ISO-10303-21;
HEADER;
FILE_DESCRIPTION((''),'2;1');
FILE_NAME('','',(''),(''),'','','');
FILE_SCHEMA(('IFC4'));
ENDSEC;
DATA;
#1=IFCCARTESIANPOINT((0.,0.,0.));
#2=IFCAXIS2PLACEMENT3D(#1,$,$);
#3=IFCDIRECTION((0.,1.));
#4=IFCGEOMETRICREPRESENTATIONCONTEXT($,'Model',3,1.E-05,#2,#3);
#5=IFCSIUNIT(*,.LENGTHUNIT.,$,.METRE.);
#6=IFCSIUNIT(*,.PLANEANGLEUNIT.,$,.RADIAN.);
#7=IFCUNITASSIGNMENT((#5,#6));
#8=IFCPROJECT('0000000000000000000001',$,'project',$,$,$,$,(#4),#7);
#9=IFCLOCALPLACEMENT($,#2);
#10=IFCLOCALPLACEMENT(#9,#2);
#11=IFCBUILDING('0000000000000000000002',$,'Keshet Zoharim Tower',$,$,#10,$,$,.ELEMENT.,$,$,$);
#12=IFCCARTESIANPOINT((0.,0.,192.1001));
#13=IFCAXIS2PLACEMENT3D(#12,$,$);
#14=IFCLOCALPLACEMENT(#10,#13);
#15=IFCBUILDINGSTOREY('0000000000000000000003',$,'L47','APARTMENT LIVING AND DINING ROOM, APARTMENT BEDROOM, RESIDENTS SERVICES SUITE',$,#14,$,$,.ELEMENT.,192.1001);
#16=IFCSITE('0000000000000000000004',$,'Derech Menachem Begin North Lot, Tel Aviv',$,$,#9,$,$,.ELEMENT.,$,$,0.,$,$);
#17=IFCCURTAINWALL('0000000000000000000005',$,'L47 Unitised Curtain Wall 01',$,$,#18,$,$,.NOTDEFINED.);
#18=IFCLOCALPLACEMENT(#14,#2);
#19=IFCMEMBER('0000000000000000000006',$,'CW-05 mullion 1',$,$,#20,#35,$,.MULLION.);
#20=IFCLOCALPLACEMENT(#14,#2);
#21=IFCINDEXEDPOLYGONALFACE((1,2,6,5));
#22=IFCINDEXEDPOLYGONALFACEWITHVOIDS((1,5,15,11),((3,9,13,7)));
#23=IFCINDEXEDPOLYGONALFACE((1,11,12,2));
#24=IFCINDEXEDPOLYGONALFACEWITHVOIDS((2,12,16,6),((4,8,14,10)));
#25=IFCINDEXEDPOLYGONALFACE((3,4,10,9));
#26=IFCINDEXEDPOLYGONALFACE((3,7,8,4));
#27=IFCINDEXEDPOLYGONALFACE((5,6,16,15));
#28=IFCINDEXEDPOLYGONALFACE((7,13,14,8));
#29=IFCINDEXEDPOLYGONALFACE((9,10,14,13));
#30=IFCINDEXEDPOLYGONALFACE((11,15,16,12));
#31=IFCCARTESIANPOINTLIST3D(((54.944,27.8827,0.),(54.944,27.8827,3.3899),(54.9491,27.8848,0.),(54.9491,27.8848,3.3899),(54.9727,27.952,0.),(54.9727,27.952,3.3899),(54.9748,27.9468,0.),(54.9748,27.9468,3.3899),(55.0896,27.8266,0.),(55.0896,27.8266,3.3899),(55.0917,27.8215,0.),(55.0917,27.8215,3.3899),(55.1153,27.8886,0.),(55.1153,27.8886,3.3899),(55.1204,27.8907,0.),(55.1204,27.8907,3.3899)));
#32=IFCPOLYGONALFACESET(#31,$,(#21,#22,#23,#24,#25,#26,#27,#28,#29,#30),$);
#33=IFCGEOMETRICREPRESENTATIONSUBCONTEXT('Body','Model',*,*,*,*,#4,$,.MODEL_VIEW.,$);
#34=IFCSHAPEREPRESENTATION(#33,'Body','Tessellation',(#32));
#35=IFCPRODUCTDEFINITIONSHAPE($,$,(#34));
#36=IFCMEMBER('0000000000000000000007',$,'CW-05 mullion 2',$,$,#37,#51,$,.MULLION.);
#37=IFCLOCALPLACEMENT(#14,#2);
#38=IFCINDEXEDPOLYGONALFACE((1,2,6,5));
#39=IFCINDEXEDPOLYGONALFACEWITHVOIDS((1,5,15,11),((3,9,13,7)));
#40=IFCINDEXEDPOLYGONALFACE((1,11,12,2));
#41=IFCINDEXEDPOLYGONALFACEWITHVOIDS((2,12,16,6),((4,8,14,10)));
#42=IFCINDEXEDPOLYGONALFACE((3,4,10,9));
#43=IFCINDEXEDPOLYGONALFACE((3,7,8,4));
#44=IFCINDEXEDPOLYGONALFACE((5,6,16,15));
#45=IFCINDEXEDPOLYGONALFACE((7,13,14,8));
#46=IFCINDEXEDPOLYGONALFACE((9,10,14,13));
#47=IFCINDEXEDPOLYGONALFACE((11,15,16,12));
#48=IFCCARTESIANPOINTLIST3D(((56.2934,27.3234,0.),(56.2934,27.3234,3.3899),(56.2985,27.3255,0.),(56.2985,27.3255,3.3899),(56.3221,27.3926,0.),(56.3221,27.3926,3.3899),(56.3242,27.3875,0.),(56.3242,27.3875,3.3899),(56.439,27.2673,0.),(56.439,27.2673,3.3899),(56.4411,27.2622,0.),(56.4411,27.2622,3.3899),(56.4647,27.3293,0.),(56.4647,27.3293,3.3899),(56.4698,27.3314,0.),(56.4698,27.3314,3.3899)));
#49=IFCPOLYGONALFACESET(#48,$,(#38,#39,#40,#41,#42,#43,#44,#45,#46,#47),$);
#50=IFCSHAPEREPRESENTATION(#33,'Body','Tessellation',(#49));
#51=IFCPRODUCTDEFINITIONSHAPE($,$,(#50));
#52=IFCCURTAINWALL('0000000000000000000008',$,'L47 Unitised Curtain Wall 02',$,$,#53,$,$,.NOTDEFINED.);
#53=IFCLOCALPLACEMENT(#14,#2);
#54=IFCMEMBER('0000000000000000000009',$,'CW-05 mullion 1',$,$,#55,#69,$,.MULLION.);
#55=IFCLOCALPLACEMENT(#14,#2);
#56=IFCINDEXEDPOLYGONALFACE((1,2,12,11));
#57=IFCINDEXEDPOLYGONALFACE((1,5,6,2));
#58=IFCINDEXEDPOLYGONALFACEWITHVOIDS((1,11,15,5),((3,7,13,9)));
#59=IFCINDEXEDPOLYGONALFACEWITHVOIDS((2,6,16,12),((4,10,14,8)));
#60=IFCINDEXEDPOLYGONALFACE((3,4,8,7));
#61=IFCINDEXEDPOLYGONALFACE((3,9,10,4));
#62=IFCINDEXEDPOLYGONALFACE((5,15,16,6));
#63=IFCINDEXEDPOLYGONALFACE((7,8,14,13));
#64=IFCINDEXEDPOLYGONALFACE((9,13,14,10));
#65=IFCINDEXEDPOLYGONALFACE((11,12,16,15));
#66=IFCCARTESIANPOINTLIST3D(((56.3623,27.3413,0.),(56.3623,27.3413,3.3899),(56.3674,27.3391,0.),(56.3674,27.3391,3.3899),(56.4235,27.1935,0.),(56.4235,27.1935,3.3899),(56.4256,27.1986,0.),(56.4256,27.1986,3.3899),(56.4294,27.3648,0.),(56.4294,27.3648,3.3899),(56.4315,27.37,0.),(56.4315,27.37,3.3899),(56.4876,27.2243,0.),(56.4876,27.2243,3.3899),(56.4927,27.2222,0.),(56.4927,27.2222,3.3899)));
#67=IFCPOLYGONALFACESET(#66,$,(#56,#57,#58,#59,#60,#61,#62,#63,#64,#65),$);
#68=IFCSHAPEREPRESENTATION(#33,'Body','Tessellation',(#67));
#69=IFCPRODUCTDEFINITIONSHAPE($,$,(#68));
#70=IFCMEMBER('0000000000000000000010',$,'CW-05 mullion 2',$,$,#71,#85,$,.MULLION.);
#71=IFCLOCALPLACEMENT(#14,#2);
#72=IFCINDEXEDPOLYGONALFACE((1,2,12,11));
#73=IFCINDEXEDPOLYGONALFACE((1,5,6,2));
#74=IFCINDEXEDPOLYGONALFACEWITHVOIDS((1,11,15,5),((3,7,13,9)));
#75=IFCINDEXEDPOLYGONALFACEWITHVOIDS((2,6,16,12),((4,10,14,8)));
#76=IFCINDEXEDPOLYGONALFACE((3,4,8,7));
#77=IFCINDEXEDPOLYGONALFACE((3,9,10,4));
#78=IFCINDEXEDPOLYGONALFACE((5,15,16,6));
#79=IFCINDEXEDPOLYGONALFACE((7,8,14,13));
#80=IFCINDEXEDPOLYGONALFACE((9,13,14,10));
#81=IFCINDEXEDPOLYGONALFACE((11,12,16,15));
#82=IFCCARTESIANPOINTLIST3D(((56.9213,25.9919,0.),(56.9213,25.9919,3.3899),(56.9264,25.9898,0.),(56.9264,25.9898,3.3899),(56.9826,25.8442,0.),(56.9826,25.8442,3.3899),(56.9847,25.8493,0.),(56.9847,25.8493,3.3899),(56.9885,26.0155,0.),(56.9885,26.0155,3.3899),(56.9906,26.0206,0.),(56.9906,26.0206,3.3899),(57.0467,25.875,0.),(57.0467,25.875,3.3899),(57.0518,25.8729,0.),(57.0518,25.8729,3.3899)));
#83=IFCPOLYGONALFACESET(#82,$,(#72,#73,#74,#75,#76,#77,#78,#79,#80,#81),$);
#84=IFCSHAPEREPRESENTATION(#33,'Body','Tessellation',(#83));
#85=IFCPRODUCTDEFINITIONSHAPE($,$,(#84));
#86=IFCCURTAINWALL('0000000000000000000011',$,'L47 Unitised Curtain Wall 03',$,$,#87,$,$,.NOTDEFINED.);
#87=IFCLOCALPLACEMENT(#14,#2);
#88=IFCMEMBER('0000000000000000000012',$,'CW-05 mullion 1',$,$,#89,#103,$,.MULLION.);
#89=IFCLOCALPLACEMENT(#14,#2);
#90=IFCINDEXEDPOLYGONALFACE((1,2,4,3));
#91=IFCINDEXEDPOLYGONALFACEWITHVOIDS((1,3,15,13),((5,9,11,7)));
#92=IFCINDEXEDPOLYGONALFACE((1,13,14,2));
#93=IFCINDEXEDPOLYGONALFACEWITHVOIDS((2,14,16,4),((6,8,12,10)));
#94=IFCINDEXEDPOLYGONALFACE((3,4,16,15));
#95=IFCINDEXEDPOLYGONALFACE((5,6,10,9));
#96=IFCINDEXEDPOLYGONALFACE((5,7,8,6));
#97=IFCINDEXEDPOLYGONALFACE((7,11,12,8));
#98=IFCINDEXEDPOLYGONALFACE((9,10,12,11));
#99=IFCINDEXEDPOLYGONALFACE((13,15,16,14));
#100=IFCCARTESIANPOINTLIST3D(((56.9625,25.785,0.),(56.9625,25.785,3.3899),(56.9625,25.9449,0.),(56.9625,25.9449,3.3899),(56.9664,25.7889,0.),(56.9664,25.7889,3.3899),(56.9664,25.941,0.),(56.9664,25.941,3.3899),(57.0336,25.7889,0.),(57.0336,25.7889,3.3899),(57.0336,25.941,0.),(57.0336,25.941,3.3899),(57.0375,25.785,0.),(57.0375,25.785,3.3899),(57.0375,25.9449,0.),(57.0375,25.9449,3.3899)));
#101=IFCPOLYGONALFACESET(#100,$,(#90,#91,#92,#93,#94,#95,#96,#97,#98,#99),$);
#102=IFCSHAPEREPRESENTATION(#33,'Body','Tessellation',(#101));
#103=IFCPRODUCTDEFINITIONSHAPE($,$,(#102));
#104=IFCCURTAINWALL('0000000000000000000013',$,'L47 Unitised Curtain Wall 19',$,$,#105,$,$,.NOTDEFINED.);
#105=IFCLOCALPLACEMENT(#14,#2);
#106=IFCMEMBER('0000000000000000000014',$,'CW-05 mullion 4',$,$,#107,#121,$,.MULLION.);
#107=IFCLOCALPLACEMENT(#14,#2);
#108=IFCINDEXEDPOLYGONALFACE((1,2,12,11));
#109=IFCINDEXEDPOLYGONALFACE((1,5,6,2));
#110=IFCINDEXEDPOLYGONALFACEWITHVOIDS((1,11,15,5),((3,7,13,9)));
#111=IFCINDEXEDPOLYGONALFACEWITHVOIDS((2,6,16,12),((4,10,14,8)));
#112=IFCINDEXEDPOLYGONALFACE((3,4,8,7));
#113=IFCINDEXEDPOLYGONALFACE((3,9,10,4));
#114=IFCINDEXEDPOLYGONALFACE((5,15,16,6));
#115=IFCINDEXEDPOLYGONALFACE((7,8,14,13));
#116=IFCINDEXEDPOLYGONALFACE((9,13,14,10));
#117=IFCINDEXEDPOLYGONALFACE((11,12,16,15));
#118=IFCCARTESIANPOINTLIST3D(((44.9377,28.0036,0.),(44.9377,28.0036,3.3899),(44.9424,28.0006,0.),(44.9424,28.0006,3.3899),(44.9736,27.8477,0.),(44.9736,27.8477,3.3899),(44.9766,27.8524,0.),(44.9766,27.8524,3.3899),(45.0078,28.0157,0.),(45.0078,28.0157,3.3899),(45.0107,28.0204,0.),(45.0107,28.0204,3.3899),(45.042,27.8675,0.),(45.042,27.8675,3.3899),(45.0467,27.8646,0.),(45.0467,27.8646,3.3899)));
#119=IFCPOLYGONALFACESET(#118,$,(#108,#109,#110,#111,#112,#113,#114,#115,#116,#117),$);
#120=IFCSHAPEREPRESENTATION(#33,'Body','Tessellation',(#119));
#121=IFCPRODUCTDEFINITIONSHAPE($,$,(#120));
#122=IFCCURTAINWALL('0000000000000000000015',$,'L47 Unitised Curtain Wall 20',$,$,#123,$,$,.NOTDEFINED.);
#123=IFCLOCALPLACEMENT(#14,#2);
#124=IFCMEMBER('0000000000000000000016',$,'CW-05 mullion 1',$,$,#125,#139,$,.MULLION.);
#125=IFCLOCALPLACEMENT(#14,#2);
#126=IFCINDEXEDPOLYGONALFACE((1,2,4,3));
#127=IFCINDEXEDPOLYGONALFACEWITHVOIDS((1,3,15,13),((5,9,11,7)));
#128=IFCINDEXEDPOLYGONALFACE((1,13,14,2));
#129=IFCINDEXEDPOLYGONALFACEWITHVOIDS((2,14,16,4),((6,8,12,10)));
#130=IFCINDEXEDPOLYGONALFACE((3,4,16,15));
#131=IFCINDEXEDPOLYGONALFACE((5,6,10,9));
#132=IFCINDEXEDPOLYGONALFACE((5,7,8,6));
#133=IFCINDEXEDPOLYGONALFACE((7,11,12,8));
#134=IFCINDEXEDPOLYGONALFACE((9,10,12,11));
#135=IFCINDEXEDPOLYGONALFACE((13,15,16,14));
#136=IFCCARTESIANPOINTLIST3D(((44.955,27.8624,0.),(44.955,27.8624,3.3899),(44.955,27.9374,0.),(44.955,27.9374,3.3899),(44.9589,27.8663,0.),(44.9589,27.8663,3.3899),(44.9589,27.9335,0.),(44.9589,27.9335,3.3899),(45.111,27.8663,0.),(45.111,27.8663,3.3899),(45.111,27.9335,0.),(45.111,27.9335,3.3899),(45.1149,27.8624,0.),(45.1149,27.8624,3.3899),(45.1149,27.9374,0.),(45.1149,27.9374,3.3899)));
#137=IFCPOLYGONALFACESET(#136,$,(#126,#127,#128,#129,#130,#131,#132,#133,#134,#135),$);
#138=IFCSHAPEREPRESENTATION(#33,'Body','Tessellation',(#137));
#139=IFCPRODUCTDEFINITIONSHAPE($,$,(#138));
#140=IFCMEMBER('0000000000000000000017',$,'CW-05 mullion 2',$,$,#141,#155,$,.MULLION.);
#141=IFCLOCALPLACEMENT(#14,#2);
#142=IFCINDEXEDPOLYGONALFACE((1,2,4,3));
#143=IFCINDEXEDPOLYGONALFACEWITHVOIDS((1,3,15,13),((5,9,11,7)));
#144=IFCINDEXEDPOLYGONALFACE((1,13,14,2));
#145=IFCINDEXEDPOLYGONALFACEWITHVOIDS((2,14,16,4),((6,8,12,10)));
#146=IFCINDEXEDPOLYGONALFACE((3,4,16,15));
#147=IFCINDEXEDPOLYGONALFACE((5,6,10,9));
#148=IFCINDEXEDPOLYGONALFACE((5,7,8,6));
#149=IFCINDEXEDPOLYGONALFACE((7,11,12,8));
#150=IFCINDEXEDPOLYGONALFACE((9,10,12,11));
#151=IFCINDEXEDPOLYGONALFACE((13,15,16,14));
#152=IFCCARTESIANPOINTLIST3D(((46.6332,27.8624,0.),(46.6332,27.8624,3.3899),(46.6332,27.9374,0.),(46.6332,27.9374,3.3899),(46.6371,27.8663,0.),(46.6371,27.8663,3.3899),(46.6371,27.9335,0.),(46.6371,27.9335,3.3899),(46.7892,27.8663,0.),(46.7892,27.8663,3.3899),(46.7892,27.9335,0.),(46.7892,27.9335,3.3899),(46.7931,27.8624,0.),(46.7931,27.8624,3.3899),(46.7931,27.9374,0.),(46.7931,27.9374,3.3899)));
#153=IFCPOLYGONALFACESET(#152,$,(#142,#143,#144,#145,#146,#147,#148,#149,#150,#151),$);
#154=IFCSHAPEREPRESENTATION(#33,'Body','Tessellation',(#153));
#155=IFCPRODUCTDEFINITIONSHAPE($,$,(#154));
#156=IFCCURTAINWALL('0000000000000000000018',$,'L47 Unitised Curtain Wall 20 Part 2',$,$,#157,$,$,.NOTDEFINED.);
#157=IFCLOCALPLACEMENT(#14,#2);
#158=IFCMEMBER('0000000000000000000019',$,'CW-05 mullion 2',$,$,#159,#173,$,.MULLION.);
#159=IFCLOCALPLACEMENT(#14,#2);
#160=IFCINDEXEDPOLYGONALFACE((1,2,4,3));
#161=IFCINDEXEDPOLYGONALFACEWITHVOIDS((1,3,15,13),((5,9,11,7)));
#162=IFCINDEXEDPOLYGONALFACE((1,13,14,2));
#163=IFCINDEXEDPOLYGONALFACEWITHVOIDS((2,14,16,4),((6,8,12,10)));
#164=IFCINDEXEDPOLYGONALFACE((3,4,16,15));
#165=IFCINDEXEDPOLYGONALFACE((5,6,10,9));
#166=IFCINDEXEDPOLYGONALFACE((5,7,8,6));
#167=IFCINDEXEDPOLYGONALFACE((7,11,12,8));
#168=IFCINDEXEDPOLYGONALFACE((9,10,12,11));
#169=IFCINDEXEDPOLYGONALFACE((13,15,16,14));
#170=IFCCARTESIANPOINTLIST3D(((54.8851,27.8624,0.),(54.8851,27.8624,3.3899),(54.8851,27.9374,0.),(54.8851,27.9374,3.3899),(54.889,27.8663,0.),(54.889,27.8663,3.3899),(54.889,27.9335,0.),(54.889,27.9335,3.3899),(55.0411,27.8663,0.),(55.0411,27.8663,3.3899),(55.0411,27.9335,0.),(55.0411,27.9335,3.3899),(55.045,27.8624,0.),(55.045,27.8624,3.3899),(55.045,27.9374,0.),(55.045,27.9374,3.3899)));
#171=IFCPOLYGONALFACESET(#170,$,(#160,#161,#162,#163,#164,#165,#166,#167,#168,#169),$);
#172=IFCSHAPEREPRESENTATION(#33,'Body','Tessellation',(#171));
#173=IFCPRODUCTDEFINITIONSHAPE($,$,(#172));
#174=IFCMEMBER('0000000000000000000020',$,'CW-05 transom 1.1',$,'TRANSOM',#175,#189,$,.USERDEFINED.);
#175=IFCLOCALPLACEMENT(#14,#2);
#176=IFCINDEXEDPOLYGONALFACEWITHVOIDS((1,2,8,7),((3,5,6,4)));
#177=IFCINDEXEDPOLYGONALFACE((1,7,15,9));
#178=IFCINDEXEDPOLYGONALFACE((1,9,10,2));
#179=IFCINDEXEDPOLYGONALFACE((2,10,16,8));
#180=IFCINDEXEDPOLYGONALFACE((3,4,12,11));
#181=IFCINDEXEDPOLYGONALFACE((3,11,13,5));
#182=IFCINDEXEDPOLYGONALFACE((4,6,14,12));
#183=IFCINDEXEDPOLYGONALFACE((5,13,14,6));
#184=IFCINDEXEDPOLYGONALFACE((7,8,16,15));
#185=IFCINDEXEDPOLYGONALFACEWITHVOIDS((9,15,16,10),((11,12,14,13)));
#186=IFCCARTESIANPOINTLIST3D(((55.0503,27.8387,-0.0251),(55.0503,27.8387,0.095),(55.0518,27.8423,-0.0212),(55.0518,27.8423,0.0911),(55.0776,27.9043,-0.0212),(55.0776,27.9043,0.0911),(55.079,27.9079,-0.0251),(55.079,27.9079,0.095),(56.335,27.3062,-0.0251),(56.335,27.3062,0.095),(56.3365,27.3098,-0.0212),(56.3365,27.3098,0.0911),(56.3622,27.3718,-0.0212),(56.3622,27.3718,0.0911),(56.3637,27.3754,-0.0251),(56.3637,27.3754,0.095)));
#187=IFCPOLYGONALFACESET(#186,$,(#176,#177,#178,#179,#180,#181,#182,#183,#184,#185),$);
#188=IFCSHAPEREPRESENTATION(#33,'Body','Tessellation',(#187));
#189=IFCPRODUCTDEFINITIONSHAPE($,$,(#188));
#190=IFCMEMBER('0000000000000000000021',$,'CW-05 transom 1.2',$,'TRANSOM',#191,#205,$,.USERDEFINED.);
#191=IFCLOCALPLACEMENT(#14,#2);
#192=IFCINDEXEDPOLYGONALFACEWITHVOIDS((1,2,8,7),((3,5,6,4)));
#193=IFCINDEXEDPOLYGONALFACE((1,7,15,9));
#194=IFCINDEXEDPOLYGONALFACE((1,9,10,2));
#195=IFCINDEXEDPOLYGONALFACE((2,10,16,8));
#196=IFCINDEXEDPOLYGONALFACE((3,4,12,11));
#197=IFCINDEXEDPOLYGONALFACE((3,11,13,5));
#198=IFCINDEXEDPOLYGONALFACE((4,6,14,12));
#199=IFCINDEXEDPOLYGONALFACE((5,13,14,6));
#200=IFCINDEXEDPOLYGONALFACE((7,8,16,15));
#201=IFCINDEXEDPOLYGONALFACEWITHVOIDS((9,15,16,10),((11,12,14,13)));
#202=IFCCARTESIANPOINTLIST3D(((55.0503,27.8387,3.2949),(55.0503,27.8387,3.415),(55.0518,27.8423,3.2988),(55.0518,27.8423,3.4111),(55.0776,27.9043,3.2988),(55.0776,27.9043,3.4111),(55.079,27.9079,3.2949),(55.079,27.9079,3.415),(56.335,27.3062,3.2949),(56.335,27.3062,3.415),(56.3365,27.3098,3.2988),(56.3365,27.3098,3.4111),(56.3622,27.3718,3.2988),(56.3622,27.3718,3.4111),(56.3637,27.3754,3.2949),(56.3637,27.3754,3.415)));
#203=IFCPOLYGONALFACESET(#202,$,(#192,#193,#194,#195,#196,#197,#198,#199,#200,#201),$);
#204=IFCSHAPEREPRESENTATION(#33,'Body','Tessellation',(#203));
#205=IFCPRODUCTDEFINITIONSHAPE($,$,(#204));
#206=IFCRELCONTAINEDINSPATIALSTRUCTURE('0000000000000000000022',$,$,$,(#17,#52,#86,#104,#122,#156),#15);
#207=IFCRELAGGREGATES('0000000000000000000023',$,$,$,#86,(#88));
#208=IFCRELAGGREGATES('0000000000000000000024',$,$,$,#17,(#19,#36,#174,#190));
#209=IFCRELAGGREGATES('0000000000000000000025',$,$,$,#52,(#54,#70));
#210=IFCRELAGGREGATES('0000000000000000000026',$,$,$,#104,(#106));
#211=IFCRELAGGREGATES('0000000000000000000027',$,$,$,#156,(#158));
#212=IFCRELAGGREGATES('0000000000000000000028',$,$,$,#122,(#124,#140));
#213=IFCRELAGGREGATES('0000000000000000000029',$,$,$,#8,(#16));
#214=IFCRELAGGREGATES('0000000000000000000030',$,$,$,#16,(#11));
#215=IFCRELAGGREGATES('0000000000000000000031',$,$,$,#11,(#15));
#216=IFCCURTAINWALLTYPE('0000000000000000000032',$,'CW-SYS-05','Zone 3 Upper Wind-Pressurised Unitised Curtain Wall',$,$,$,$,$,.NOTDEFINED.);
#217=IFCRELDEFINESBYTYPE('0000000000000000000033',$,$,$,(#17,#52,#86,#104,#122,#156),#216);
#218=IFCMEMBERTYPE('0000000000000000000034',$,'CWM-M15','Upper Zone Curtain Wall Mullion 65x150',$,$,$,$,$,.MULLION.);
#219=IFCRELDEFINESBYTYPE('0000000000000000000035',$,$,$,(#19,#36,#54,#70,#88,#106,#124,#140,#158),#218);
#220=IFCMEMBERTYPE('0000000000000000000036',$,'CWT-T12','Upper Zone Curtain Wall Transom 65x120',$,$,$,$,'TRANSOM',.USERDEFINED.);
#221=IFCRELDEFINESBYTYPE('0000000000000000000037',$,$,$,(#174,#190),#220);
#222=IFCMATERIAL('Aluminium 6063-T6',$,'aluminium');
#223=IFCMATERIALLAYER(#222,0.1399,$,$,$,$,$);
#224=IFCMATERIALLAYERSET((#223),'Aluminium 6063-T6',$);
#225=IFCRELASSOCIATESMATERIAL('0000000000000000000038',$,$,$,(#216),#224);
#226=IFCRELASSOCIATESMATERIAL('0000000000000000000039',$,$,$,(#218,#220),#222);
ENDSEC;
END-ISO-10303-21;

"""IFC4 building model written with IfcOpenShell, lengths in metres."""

from ifc_helpers import new_model, si_unit, direction, frame, origin, origin_2d, place, context, subcontext, project, spatial, hollow_rectangle, extrude, material, layer, layer_set, material_profile, profile_set, type_object, element, aggregate, save


model = new_model("IFC4")

# Units and contexts
model_context = context("Model", 3, precision=1e-05, world=origin(), true_north=direction((0.0, 1.0)))
body_context = subcontext(model_context, "Body", "Model", "MODEL_VIEW")
ifc_project = project(units=[si_unit("LENGTHUNIT", "METRE"), si_unit("PLANEANGLEUNIT", "RADIAN")], contexts=[model_context])

# Site, building, storey
site_placement = place(None, origin())
site = spatial("IfcSite", under=ifc_project, at=site_placement, Name="Derech Menachem Begin North Lot, Tel Aviv", CompositionType="ELEMENT", RefElevation=0.0)
building_placement = place(site_placement, origin())
building = spatial("IfcBuilding", under=site, at=building_placement, Name="Keshet Zoharim Tower", CompositionType="ELEMENT")
storey_placement = place(building_placement, frame((0.0, 0.0, 192.1001)))
storey = spatial("IfcBuildingStorey", under=building, at=storey_placement, Name="L47", Description="APARTMENT LIVING AND DINING ROOM, APARTMENT BEDROOM, RESIDENTS SERVICES SUITE", CompositionType="ELEMENT", Elevation=192.1001)

# Curtain walls, members
ifc_material_1 = material(Name="Aluminium 6063-T6", Category="aluminium")
ifc_layer_1 = layer(ifc_material_1, 0.1399)
ifc_layer_set_1 = layer_set([ifc_layer_1], Name="Aluminium 6063-T6")
curtain_wall_type = type_object("IfcCurtainWallType", Name="CW-SYS-05", Description="Zone 3 Upper Wind-Pressurised Unitised Curtain Wall", PredefinedType="NOTDEFINED", material=ifc_layer_set_1)
curtain_wall_1_placement = place(storey_placement, origin())
curtain_wall_1 = element("IfcCurtainWall", 1, at=curtain_wall_1_placement, inside=storey, type_object=curtain_wall_type, Name="L47 Unitised Curtain Wall 01", PredefinedType="NOTDEFINED")
ifc_material_profile_1 = material_profile(ifc_material_1, hollow_rectangle(XDim=0.075, YDim=0.1599, WallThickness=0.0039, at=origin_2d()), Name="MUL-75x160")
ifc_profile_set_1 = profile_set([ifc_material_profile_1], Name="Aluminium 6063-T6")
member_type_1 = type_object("IfcMemberType", Name="CWM-M15", Description="Upper Zone Curtain Wall Mullion 65x150", PredefinedType="MULLION", material=ifc_profile_set_1)
member_1_placement = place(storey_placement, frame((55.0322, 27.8867, 0.0), z_axis=(0.0, 0.0, 1.0), x_axis=(0.382852, 0.92381, 0.0)))
member_1 = element("IfcMember", 2, at=member_1_placement, type_object=member_type_1, Name="CW-05 mullion 1", PredefinedType="MULLION", context=body_context, shape_type="SweptSolid", body=[
    extrude(hollow_rectangle(XDim=0.075, YDim=0.1599, WallThickness=0.0039, at=origin_2d()), origin(), (0.0, 0.0, 1.0), 3.3899),
])
member_2_placement = place(storey_placement, frame((56.3816, 27.3274, 0.0), z_axis=(0.0, 0.0, 1.0), x_axis=(0.382852, 0.92381, 0.0)))
member_2 = element("IfcMember", 3, at=member_2_placement, type_object=member_type_1, Name="CW-05 mullion 2", PredefinedType="MULLION", context=body_context, shape_type="SweptSolid", body=[
    extrude(hollow_rectangle(XDim=0.075, YDim=0.1599, WallThickness=0.0039, at=origin_2d()), origin(), (0.0, 0.0, 1.0), 3.3899),
])
curtain_wall_2_placement = place(storey_placement, origin())
curtain_wall_2 = element("IfcCurtainWall", 4, at=curtain_wall_2_placement, inside=storey, type_object=curtain_wall_type, Name="L47 Unitised Curtain Wall 02", PredefinedType="NOTDEFINED")
member_3_placement = place(storey_placement, frame((56.4275, 27.2817, 0.0), z_axis=(0.0, 0.0, 1.0), x_axis=(0.92381, 0.382852, 0.0)))
member_3 = element("IfcMember", 5, at=member_3_placement, type_object=member_type_1, Name="CW-05 mullion 1", PredefinedType="MULLION", context=body_context, shape_type="SweptSolid", body=[
    extrude(hollow_rectangle(XDim=0.075, YDim=0.1599, WallThickness=0.0039, at=origin_2d()), origin(), (0.0, 0.0, 1.0), 3.3899),
])
member_4_placement = place(storey_placement, frame((56.9866, 25.9324, 0.0), z_axis=(0.0, 0.0, 1.0), x_axis=(0.92381, 0.382852, 0.0)))
member_4 = element("IfcMember", 6, at=member_4_placement, type_object=member_type_1, Name="CW-05 mullion 2", PredefinedType="MULLION", context=body_context, shape_type="SweptSolid", body=[
    extrude(hollow_rectangle(XDim=0.075, YDim=0.1599, WallThickness=0.0039, at=origin_2d()), origin(), (0.0, 0.0, 1.0), 3.3899),
])

# Curtain walls, members
curtain_wall_3_placement = place(storey_placement, origin())
curtain_wall_3 = element("IfcCurtainWall", 7, at=curtain_wall_3_placement, inside=storey, type_object=curtain_wall_type, Name="L47 Unitised Curtain Wall 03", PredefinedType="NOTDEFINED")
member_5_placement = place(storey_placement, frame((57.0, 25.865, 0.0), z_axis=(0.0, 0.0, 1.0), x_axis=(1.0, 0.0, 0.0)))
member_5 = element("IfcMember", 8, at=member_5_placement, type_object=member_type_1, Name="CW-05 mullion 1", PredefinedType="MULLION", context=body_context, shape_type="SweptSolid", body=[
    extrude(hollow_rectangle(XDim=0.075, YDim=0.1599, WallThickness=0.0039, at=origin_2d()), origin(), (0.0, 0.0, 1.0), 3.3899),
])
curtain_wall_4_placement = place(storey_placement, origin())
curtain_wall_4 = element("IfcCurtainWall", 9, at=curtain_wall_4_placement, inside=storey, type_object=curtain_wall_type, Name="L47 Unitised Curtain Wall 19", PredefinedType="NOTDEFINED")
member_6_placement = place(storey_placement, frame((44.9922, 27.9341, 0.0), z_axis=(0.0, 0.0, 1.0), x_axis=(0.974394, 0.224848, 0.0)))
member_6 = element("IfcMember", 10, at=member_6_placement, type_object=member_type_1, Name="CW-05 mullion 4", PredefinedType="MULLION", context=body_context, shape_type="SweptSolid", body=[
    extrude(hollow_rectangle(XDim=0.075, YDim=0.1599, WallThickness=0.0039, at=origin_2d()), origin(), (0.0, 0.0, 1.0), 3.3899),
])

# Curtain wall, members
curtain_wall_5_placement = place(storey_placement, origin())
curtain_wall_5 = element("IfcCurtainWall", 11, at=curtain_wall_5_placement, inside=storey, type_object=curtain_wall_type, Name="L47 Unitised Curtain Wall 20", PredefinedType="NOTDEFINED")
member_7_placement = place(storey_placement, frame((45.0349, 27.8999, 0.0), z_axis=(0.0, 0.0, 1.0), x_axis=(0.0, 1.0, 0.0)))
member_7 = element("IfcMember", 12, at=member_7_placement, type_object=member_type_1, Name="CW-05 mullion 1", PredefinedType="MULLION", context=body_context, shape_type="SweptSolid", body=[
    extrude(hollow_rectangle(XDim=0.075, YDim=0.1599, WallThickness=0.0039, at=origin_2d()), origin(), (0.0, 0.0, 1.0), 3.3899),
])
member_8_placement = place(storey_placement, frame((46.7131, 27.8999, 0.0), z_axis=(0.0, 0.0, 1.0), x_axis=(0.0, 1.0, 0.0)))
member_8 = element("IfcMember", 13, at=member_8_placement, type_object=member_type_1, Name="CW-05 mullion 2", PredefinedType="MULLION", context=body_context, shape_type="SweptSolid", body=[
    extrude(hollow_rectangle(XDim=0.075, YDim=0.1599, WallThickness=0.0039, at=origin_2d()), origin(), (0.0, 0.0, 1.0), 3.3899),
])

# Curtain wall, member
curtain_wall_6_placement = place(storey_placement, origin())
curtain_wall_6 = element("IfcCurtainWall", 14, at=curtain_wall_6_placement, inside=storey, type_object=curtain_wall_type, Name="L47 Unitised Curtain Wall 20 Part 2", PredefinedType="NOTDEFINED")
member_9_placement = place(storey_placement, frame((54.9651, 27.8999, 0.0), z_axis=(0.0, 0.0, 1.0), x_axis=(0.0, 1.0, 0.0)))
member_9 = element("IfcMember", 15, at=member_9_placement, type_object=member_type_1, Name="CW-05 mullion 2", PredefinedType="MULLION", context=body_context, shape_type="SweptSolid", body=[
    extrude(hollow_rectangle(XDim=0.075, YDim=0.1599, WallThickness=0.0039, at=origin_2d()), origin(), (0.0, 0.0, 1.0), 3.3899),
])

# Members
ifc_material_profile_2 = material_profile(ifc_material_1, hollow_rectangle(XDim=0.075, YDim=0.1201, WallThickness=0.0039, at=origin_2d()), Name="TRN-75x120")
ifc_profile_set_2 = profile_set([ifc_material_profile_2], Name="Aluminium 6063-T6")
member_type_2 = type_object("IfcMemberType", Name="CWT-T12", Description="Upper Zone Curtain Wall Transom 65x120", ElementType="TRANSOM", PredefinedType="USERDEFINED", material=ifc_profile_set_2)
member_10_placement = place(storey_placement, frame((55.0647, 27.8733, 0.0349), z_axis=(0.923792, -0.382894, 0.0), x_axis=(0.382894, 0.923792, 0.0)))
member_10 = element("IfcMember", 16, at=member_10_placement, type_object=member_type_2, Name="CW-05 transom 1.1", ObjectType="TRANSOM", PredefinedType="USERDEFINED", context=body_context, shape_type="SweptSolid", body=[
    extrude(hollow_rectangle(XDim=0.075, YDim=0.1201, WallThickness=0.0039, at=origin_2d()), origin(), (0.0, 0.0, 1.0), 1.3906),
])
member_11_placement = place(storey_placement, frame((55.0647, 27.8733, 3.355), z_axis=(0.923792, -0.382894, 0.0), x_axis=(0.382894, 0.923792, 0.0)))
member_11 = element("IfcMember", 17, at=member_11_placement, type_object=member_type_2, Name="CW-05 transom 1.2", ObjectType="TRANSOM", PredefinedType="USERDEFINED", context=body_context, shape_type="SweptSolid", body=[
    extrude(hollow_rectangle(XDim=0.075, YDim=0.1201, WallThickness=0.0039, at=origin_2d()), origin(), (0.0, 0.0, 1.0), 1.3906),
])
aggregate(curtain_wall_3, [member_5])

aggregate(curtain_wall_1, [member_1, member_2, member_10, member_11])
aggregate(curtain_wall_2, [member_3, member_4])
aggregate(curtain_wall_4, [member_6])
aggregate(curtain_wall_6, [member_9])
aggregate(curtain_wall_5, [member_7, member_8])

save(model, "model.ifc")
